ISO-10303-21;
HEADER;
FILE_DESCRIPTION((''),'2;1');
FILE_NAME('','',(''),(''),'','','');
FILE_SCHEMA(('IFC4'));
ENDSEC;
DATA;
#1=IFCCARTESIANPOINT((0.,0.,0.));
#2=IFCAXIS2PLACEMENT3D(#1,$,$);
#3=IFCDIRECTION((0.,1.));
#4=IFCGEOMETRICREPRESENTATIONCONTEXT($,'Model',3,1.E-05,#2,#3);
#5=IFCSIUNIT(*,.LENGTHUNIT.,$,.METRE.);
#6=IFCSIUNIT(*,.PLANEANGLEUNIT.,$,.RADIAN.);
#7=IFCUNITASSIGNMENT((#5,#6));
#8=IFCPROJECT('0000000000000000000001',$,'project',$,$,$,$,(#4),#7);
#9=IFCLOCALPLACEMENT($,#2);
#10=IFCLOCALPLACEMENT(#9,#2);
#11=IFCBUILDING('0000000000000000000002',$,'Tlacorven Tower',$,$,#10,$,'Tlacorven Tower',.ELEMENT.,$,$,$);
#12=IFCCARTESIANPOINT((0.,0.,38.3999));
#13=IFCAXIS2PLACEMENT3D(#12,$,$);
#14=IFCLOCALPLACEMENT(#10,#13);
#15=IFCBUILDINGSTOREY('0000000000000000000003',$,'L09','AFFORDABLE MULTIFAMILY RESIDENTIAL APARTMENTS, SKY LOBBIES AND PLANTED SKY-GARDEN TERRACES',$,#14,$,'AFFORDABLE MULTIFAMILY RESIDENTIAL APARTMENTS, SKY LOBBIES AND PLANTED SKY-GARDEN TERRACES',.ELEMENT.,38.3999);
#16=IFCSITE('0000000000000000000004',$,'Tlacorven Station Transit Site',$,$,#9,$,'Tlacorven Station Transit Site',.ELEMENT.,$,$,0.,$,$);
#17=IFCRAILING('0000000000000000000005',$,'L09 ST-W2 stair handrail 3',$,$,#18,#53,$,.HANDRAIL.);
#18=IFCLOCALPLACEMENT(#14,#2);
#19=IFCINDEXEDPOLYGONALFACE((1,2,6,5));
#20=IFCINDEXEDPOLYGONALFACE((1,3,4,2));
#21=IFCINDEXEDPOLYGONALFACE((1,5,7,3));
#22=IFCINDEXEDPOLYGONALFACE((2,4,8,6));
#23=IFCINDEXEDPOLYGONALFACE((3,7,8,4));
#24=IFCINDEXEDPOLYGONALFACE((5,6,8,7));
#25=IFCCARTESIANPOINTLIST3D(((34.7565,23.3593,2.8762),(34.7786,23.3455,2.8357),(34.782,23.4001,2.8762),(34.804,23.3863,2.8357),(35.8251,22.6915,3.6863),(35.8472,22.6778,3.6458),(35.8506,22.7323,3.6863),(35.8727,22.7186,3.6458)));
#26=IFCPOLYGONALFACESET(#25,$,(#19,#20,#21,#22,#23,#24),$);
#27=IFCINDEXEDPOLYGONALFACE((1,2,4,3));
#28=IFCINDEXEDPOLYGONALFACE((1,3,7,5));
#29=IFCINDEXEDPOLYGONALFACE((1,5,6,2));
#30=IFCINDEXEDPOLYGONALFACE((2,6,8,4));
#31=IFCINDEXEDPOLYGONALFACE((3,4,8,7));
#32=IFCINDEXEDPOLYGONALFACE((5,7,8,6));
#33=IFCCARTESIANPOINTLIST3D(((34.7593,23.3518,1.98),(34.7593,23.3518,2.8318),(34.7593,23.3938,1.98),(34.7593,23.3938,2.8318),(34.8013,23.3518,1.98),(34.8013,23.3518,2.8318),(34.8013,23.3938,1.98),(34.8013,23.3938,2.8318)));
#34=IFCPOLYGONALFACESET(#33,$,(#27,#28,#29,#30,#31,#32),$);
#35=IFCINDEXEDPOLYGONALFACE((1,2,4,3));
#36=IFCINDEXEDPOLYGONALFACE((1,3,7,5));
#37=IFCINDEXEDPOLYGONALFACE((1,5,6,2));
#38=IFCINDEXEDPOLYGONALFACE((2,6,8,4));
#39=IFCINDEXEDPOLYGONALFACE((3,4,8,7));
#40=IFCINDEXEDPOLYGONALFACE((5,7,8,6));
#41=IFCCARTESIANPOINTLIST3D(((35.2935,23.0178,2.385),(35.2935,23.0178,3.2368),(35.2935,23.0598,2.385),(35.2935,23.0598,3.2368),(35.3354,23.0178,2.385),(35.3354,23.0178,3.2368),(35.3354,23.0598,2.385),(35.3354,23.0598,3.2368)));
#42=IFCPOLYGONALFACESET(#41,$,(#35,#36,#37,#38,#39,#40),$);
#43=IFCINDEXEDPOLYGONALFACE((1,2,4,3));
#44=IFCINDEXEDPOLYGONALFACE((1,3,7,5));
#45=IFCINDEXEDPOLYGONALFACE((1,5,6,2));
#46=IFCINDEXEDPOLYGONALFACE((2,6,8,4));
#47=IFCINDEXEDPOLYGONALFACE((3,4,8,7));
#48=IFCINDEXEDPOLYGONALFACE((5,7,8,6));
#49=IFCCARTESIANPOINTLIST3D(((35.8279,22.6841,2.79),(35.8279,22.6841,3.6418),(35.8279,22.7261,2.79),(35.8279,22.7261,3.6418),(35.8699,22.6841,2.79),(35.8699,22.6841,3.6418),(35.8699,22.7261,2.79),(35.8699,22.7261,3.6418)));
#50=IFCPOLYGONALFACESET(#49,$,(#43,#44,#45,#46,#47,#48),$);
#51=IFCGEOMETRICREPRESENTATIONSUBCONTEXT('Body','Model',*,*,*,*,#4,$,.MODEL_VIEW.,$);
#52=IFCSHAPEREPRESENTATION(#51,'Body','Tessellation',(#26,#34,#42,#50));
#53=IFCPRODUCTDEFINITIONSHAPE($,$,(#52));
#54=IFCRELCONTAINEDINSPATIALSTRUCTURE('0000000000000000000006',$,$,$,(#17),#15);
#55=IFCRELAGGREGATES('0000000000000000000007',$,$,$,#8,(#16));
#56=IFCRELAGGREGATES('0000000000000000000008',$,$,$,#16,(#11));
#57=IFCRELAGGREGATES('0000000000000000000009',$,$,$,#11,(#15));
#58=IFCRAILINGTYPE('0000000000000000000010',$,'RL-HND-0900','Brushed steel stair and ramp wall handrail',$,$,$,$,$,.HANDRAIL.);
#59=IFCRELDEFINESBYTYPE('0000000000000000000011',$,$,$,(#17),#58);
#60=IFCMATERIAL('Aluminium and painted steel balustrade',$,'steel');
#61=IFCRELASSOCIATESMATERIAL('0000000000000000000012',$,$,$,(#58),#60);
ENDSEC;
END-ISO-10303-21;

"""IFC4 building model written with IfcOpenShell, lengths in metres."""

from ifc_helpers import new_model, si_unit, direction, frame, origin, origin_2d, place, context, subcontext, project, spatial, rectangle, extrude, source, transform, mapped, material, type_object, element, save


model = new_model("IFC4")

# Units and contexts
model_context = context("Model", 3, precision=1e-05, world=origin(), true_north=direction((0.0, 1.0)))
body_context = subcontext(model_context, "Body", "Model", "MODEL_VIEW")
ifc_project = project(units=[si_unit("LENGTHUNIT", "METRE"), si_unit("PLANEANGLEUNIT", "RADIAN")], contexts=[model_context])

# Site, building, storey
site_placement = place(None, origin())
site = spatial("IfcSite", under=ifc_project, at=site_placement, Name="Tlacorven Station Transit Site", LongName="Tlacorven Station Transit Site", CompositionType="ELEMENT", RefElevation=0.0)
building_placement = place(site_placement, origin())
building = spatial("IfcBuilding", under=site, at=building_placement, Name="Tlacorven Tower", LongName="Tlacorven Tower", CompositionType="ELEMENT")
storey_placement = place(building_placement, frame((0.0, 0.0, 38.3999)))
storey = spatial("IfcBuildingStorey", under=building, at=storey_placement, Name="L09", Description="AFFORDABLE MULTIFAMILY RESIDENTIAL APARTMENTS, SKY LOBBIES AND PLANTED SKY-GARDEN TERRACES", LongName="AFFORDABLE MULTIFAMILY RESIDENTIAL APARTMENTS, SKY LOBBIES AND PLANTED SKY-GARDEN TERRACES", CompositionType="ELEMENT", Elevation=38.3999)

# Railing
ifc_material_1 = material(Name="Aluminium and painted steel balustrade", Category="steel")
railing_type_1 = type_object("IfcRailingType", Name="RL-HND-0900", Description="Brushed steel stair and ramp wall handrail", PredefinedType="HANDRAIL", material=ifc_material_1)
shared_shape_1 = source(origin(), body_context, "Body", "SweptSolid", [
    extrude(rectangle(XDim=0.0481, YDim=0.0481, at=origin_2d()), frame((0.0, 0.0, 0.876), z_axis=(0.71336, -0.445748, 0.540765), x_axis=(0.529912, 0.848053, 0.0)), (0.0, 0.0, 1.0), 1.498),
    extrude(rectangle(XDim=0.042, YDim=0.042, at=origin_2d()), origin(), (0.0, 0.0, 1.0), 0.8518),
    extrude(rectangle(XDim=0.042, YDim=0.042, at=origin_2d()), frame((0.5342, -0.334, 0.405)), (0.0, 0.0, 1.0), 0.8518),
    extrude(rectangle(XDim=0.042, YDim=0.042, at=origin_2d()), frame((1.0686, -0.6677, 0.8101)), (0.0, 0.0, 1.0), 0.8518),
])
railing_1_placement = place(storey_placement, frame((34.7803, 23.3728, 1.98)))
element("IfcRailing", 1, at=railing_1_placement, inside=storey, type_object=railing_type_1, Name="L09 ST-W2 stair handrail 3", PredefinedType="HANDRAIL", context=body_context, shape_type="MappedRepresentation", body=[
    mapped(shared_shape_1, transform((0.0, 0.0, 0.0), scale=1.0)),
])

save(model, "model.ifc")
